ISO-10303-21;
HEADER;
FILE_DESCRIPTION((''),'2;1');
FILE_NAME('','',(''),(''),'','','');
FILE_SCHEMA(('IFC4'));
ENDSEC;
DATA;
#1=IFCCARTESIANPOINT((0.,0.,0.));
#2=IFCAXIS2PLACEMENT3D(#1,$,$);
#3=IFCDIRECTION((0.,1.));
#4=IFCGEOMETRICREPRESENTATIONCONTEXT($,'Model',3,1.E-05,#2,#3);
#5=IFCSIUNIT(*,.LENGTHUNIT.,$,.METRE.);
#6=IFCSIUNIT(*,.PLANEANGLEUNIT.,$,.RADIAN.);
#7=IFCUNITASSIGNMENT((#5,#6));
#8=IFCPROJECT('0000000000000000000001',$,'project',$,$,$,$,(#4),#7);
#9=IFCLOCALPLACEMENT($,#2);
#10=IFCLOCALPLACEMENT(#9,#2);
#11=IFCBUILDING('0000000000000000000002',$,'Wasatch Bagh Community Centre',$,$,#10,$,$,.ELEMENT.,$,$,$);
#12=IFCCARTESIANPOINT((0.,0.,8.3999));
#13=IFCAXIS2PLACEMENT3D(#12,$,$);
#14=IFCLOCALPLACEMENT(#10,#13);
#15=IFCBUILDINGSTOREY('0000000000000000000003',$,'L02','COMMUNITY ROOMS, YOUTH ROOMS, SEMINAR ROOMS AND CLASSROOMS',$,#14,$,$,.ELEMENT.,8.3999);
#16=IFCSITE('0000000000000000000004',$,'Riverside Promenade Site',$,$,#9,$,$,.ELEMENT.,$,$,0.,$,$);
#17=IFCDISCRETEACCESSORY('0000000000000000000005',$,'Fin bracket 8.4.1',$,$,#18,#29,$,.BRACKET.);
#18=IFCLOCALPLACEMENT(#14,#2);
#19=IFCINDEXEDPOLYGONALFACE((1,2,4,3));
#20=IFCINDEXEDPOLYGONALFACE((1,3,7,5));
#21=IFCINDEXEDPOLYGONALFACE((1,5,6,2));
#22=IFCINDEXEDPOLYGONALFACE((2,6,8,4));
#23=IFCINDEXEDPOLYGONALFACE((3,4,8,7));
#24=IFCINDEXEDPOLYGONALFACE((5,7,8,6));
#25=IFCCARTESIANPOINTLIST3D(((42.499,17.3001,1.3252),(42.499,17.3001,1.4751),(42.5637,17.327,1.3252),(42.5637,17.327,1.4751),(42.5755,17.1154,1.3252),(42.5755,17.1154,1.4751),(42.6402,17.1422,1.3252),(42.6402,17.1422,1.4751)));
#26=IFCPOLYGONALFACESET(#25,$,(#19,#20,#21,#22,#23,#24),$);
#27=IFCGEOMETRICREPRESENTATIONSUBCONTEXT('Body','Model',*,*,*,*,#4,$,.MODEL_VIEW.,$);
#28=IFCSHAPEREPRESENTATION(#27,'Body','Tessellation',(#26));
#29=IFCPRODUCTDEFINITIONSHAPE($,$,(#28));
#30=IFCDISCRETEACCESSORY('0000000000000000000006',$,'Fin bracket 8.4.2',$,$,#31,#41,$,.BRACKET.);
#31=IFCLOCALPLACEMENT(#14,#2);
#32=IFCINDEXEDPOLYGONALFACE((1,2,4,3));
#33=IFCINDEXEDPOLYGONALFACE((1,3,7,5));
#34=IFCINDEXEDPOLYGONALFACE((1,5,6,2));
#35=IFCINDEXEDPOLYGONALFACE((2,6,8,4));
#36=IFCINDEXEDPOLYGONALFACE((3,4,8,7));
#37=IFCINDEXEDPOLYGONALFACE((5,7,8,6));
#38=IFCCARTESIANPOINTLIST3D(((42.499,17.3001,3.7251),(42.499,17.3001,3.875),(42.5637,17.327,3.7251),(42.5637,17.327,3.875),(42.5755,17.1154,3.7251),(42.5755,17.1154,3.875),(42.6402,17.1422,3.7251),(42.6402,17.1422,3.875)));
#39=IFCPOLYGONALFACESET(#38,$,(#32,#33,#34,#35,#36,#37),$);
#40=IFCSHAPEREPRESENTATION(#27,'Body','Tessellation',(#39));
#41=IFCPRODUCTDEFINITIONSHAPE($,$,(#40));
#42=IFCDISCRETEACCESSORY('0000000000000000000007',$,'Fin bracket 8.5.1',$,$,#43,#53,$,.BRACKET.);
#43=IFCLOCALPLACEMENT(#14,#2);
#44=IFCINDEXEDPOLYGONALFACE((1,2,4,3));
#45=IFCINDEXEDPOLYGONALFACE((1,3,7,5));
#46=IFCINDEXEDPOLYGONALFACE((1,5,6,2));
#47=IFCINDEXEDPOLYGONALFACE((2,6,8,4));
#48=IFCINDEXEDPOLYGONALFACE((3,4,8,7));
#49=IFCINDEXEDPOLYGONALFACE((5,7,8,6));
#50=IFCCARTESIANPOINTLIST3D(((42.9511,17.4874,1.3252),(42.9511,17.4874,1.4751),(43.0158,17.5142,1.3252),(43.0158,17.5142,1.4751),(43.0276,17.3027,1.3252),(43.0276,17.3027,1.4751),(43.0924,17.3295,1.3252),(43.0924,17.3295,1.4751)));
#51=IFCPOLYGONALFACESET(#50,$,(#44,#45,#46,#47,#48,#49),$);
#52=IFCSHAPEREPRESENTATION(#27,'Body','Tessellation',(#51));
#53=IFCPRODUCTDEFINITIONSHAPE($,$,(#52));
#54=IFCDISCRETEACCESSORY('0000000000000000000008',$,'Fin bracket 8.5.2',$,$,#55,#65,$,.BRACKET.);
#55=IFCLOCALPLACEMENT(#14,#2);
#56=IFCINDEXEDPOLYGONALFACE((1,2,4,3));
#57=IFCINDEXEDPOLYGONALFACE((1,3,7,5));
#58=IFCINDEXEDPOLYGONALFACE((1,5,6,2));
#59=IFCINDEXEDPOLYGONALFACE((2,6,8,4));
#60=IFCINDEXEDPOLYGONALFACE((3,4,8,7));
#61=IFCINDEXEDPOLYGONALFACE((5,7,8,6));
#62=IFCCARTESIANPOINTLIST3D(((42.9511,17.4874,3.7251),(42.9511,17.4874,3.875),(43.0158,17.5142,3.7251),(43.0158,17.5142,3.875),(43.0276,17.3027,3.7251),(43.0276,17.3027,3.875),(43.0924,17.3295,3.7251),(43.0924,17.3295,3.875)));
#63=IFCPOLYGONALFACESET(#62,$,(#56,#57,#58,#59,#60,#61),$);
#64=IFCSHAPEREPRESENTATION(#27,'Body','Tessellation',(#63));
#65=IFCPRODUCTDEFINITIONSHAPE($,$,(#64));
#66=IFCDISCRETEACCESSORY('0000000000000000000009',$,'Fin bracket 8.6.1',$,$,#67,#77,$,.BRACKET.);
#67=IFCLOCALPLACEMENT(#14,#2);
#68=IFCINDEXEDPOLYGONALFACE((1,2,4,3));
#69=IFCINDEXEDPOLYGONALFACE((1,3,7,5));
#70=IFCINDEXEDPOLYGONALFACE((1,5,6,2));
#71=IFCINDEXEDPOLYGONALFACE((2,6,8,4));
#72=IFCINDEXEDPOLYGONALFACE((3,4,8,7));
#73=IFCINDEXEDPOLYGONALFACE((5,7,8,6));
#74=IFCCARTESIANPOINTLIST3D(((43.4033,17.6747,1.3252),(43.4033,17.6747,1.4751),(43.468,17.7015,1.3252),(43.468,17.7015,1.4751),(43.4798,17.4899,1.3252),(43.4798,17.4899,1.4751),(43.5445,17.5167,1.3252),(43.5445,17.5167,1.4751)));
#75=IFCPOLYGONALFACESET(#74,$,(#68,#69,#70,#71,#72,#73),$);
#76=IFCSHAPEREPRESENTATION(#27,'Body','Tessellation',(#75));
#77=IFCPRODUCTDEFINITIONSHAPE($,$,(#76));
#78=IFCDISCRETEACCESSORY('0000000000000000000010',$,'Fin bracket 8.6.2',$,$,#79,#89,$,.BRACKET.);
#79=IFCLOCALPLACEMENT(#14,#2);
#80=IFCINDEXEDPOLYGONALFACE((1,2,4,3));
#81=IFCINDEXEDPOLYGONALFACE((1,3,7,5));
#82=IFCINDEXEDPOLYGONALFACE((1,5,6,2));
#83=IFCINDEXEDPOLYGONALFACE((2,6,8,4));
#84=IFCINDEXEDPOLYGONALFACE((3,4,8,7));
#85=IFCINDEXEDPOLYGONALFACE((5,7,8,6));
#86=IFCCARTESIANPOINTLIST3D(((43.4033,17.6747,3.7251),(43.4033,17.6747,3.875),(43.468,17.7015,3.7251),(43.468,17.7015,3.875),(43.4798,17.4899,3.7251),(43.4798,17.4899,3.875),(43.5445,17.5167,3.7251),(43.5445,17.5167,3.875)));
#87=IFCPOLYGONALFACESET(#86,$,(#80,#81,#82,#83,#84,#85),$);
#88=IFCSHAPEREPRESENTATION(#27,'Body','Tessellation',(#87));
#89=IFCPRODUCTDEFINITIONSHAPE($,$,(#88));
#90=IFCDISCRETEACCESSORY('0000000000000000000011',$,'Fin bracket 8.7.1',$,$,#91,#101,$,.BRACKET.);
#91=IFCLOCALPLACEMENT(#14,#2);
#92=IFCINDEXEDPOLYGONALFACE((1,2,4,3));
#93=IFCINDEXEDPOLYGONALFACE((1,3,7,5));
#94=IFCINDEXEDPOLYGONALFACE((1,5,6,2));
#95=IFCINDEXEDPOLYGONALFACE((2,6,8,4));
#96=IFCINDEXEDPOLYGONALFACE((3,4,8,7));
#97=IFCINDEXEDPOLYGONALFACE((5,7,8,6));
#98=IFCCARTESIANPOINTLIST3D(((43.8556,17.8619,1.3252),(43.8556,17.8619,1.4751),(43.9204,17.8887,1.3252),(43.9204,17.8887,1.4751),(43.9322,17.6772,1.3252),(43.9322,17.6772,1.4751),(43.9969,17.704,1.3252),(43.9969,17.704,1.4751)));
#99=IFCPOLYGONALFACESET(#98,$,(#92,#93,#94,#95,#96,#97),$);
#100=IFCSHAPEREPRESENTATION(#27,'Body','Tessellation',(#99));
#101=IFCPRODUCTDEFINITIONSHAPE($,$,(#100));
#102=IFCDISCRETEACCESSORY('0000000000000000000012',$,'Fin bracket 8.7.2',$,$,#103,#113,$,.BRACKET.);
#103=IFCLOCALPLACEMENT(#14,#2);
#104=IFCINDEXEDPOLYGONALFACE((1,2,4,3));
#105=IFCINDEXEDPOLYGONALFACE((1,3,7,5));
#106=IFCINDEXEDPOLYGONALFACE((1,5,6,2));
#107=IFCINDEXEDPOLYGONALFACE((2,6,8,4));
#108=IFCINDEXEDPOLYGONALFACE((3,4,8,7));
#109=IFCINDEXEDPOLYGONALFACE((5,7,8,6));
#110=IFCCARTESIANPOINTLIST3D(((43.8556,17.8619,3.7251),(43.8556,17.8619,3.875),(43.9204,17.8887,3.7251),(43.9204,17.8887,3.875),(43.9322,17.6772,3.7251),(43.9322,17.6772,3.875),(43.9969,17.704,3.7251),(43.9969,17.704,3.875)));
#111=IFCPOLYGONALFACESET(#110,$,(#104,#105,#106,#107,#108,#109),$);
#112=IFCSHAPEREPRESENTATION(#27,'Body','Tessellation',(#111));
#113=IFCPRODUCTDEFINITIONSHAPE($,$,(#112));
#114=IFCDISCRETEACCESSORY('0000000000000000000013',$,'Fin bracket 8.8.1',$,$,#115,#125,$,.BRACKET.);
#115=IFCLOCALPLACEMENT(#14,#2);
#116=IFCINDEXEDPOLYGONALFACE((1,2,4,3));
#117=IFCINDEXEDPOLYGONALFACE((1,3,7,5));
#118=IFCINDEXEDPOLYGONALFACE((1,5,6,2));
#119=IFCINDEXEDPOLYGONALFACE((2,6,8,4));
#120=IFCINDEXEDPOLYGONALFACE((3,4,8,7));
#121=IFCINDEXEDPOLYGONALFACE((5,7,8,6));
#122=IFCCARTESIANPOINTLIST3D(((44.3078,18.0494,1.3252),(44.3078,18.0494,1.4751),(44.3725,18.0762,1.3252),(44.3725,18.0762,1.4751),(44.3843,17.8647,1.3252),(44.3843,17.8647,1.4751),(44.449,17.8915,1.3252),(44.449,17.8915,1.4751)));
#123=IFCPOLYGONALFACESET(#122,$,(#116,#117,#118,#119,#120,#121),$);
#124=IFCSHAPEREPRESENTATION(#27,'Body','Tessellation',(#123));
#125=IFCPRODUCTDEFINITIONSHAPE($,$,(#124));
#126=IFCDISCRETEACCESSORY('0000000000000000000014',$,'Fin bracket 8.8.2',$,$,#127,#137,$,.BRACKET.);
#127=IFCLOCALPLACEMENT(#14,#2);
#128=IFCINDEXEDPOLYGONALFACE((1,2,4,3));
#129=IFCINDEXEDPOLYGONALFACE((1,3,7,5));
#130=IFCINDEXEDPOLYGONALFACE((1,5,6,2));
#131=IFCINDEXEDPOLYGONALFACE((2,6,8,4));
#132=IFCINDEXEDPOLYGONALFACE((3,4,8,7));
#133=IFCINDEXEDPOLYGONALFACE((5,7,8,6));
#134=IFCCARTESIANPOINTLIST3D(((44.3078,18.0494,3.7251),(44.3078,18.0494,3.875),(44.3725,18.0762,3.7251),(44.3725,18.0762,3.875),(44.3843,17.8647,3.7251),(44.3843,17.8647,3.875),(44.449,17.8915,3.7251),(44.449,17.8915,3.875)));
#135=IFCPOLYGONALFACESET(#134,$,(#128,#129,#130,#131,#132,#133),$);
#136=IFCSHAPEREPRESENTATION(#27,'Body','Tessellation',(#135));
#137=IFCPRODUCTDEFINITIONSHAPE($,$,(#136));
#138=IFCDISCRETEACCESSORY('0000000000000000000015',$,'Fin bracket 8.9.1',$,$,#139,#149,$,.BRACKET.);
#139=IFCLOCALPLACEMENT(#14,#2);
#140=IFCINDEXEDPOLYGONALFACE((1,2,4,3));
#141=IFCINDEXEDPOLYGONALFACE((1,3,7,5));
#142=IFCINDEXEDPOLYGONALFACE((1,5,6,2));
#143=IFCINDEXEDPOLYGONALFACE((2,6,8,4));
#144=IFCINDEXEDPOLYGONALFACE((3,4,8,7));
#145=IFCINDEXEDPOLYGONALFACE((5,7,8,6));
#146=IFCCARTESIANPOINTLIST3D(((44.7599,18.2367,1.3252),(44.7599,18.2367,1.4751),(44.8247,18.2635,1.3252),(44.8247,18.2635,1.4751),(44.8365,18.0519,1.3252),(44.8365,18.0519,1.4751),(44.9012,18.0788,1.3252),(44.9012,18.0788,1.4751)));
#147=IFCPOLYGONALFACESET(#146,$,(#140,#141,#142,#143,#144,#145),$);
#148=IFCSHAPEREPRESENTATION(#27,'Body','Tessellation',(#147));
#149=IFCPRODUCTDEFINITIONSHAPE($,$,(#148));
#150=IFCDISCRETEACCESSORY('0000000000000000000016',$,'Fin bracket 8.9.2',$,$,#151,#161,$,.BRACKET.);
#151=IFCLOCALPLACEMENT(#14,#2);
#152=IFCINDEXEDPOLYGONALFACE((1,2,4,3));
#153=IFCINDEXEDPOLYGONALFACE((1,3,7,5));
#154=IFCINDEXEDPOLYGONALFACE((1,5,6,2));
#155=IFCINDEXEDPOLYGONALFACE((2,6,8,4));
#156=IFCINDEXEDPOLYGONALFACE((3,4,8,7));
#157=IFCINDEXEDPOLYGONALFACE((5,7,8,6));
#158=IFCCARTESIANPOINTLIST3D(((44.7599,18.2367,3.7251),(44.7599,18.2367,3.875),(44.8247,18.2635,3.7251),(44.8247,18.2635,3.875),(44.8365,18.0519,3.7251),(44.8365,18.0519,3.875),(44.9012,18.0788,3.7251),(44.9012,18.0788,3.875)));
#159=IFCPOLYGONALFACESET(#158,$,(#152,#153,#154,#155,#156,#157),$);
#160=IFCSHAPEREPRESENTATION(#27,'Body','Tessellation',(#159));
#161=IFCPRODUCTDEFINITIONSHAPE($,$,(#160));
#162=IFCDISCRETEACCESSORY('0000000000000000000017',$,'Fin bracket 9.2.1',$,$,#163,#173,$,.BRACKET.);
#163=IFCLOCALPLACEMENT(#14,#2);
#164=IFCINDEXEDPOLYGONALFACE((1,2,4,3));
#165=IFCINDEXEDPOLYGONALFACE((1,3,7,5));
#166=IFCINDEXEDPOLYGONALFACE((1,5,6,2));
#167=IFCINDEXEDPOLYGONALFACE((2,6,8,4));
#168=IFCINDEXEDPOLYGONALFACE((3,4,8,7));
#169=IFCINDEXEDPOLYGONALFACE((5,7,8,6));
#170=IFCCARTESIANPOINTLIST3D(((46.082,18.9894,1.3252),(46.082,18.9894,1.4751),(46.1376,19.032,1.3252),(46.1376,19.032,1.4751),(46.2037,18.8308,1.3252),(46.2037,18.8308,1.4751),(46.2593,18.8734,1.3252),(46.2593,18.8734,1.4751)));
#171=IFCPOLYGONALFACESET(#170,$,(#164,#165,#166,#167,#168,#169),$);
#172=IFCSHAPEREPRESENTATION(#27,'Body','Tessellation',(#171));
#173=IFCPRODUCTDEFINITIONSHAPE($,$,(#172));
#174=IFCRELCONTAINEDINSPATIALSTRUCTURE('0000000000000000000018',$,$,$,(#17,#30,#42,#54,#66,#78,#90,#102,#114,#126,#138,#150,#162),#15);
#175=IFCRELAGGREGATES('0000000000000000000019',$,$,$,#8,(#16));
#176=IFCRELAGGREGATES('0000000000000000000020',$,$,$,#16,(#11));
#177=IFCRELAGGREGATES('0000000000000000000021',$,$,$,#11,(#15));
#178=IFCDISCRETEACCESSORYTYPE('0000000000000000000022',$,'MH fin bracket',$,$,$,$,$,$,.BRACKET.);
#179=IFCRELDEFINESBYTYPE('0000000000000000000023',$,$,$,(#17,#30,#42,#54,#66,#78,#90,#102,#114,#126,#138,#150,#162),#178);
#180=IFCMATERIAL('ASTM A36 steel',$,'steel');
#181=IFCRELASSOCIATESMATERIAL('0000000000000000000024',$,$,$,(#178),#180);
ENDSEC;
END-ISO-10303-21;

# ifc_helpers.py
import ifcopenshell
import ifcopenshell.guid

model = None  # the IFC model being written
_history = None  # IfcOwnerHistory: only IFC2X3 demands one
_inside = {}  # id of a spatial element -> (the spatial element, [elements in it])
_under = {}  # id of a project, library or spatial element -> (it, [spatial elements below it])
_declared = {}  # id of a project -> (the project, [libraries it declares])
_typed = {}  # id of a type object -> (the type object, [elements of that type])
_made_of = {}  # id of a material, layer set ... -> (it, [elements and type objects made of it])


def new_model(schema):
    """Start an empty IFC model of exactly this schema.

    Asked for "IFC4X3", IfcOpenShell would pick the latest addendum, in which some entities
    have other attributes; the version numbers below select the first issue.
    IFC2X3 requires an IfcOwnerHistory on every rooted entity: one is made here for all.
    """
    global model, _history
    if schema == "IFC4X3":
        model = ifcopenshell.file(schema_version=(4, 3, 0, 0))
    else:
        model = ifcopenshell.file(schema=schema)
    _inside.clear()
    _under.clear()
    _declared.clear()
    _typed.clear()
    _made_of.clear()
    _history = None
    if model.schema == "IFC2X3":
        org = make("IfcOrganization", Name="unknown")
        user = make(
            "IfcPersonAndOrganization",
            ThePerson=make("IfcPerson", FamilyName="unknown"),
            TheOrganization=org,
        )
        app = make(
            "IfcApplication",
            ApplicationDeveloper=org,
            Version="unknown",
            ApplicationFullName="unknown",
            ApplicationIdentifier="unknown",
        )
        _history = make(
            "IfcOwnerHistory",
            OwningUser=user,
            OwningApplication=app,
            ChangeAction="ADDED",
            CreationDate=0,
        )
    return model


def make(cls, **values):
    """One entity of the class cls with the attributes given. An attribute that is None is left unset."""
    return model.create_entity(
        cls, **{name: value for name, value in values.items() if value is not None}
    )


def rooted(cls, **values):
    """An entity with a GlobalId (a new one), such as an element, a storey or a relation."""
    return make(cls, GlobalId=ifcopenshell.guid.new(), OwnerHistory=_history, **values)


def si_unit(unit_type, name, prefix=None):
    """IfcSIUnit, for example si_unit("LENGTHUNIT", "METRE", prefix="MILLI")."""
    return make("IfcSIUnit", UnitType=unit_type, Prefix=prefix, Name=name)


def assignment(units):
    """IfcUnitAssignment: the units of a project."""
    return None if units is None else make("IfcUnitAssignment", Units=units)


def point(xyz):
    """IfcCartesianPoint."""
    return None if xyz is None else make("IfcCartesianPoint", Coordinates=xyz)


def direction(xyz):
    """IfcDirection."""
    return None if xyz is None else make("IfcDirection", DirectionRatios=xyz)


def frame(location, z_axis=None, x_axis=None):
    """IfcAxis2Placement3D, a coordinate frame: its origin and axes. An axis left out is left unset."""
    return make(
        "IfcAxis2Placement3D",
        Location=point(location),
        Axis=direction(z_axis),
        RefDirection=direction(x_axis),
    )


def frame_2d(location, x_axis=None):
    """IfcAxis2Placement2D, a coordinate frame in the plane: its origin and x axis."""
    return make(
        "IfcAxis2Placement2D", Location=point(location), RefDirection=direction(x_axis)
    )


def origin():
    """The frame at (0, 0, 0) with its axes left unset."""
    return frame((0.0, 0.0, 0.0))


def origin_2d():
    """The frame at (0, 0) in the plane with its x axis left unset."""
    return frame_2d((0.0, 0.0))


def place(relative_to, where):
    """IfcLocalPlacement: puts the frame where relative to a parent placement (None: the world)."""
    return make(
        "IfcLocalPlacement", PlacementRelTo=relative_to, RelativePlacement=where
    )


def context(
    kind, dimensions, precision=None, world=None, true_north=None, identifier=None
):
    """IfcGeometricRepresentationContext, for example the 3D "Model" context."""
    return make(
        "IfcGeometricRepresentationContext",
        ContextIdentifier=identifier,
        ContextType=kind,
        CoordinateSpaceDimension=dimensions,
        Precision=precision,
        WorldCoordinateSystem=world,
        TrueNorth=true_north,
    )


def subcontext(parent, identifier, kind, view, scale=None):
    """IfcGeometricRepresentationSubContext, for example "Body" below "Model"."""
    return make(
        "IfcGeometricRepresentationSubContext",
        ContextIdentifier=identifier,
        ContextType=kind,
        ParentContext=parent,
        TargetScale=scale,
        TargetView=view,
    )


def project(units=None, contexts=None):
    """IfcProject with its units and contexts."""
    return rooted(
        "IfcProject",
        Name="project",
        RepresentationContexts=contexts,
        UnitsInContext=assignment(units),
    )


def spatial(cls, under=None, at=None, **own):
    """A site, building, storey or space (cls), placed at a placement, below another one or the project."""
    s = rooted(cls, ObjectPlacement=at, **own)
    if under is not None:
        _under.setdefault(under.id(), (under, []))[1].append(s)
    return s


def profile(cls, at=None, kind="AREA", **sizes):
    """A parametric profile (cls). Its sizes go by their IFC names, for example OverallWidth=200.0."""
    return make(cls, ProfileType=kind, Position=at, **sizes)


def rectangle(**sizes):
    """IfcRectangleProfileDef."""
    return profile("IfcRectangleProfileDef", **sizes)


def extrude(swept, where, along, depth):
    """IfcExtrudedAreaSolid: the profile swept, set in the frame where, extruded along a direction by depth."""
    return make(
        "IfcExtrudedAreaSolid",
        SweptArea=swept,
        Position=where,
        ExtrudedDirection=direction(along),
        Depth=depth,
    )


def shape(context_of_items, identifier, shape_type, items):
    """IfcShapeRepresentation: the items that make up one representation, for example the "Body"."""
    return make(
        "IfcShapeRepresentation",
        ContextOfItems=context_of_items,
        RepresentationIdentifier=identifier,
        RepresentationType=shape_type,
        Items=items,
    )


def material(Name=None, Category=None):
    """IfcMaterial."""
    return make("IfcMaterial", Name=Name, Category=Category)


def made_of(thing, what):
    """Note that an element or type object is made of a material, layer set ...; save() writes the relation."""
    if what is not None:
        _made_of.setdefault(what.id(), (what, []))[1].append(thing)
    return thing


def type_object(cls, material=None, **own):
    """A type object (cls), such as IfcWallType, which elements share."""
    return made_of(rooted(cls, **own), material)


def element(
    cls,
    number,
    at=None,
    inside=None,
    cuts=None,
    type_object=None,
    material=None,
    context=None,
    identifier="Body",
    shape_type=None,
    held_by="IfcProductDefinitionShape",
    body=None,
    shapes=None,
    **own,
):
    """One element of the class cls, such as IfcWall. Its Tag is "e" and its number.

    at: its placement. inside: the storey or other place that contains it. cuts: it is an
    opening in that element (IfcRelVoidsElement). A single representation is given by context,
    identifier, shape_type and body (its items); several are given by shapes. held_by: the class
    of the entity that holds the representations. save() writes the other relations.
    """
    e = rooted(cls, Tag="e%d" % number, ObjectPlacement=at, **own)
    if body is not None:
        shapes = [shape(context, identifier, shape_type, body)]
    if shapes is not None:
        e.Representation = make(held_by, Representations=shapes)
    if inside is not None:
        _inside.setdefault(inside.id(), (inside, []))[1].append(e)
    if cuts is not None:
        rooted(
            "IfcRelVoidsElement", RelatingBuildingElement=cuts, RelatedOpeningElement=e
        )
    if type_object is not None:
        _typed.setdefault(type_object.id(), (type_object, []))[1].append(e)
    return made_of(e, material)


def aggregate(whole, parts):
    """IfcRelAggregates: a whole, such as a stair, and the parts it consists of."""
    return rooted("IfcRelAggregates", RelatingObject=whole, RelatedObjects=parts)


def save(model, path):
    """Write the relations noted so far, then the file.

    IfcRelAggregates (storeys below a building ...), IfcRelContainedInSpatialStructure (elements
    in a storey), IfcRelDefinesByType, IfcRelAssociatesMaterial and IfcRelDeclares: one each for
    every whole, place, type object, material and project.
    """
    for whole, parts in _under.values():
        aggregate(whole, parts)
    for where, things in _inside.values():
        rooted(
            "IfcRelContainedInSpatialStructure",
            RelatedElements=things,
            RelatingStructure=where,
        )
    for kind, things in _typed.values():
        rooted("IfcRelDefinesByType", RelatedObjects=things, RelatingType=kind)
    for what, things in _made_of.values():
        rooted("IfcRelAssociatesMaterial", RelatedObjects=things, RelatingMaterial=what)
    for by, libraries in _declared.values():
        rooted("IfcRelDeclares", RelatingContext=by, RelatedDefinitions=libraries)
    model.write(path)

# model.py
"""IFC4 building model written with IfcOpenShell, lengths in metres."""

from ifc_helpers import new_model, si_unit, direction, frame, origin, origin_2d, place, context, subcontext, project, spatial, rectangle, extrude, material, type_object, element, save


model = new_model("IFC4")

# Units and contexts
model_context = context("Model", 3, precision=1e-05, world=origin(), true_north=direction((0.0, 1.0)))
body_context = subcontext(model_context, "Body", "Model", "MODEL_VIEW")
ifc_project = project(units=[si_unit("LENGTHUNIT", "METRE"), si_unit("PLANEANGLEUNIT", "RADIAN")], contexts=[model_context])

# Site, building, storey
site_placement = place(None, origin())
site = spatial("IfcSite", under=ifc_project, at=site_placement, Name="Riverside Promenade Site", CompositionType="ELEMENT", RefElevation=0.0)
building_placement = place(site_placement, origin())
building = spatial("IfcBuilding", under=site, at=building_placement, Name="Wasatch Bagh Community Centre", CompositionType="ELEMENT")
storey_placement = place(building_placement, frame((0.0, 0.0, 8.3999)))
storey = spatial("IfcBuildingStorey", under=building, at=storey_placement, Name="L02", Description="COMMUNITY ROOMS, YOUTH ROOMS, SEMINAR ROOMS AND CLASSROOMS", CompositionType="ELEMENT", Elevation=8.3999)

# Discrete accessories
ifc_material_1 = material(Name="ASTM A36 steel", Category="steel")
discrete_accessory_type = type_object("IfcDiscreteAccessoryType", Name="MH fin bracket", PredefinedType="BRACKET", material=ifc_material_1)
for number, where, z_axis, x_axis, name in (
    (1, (42.5696, 17.2212, 1.3252), (0.0, 0.0, 1.0), (0.92388, 0.382683, 0.0), "Fin bracket 8.4.1"),
    (2, (42.5696, 17.2212, 3.7251), (0.0, 0.0, 1.0), (0.92388, 0.382683, 0.0), "Fin bracket 8.4.2"),
    (3, (43.0217, 17.4084, 1.3252), (0.0, 0.0, 1.0), (0.92388, 0.382683, 0.0), "Fin bracket 8.5.1"),
    (4, (43.0217, 17.4084, 3.7251), (0.0, 0.0, 1.0), (0.92388, 0.382683, 0.0), "Fin bracket 8.5.2"),
    (5, (43.4739, 17.5957, 1.3252), (0.0, 0.0, 1.0), (0.92388, 0.382683, 0.0), "Fin bracket 8.6.1"),
    (6, (43.4739, 17.5957, 3.7251), (0.0, 0.0, 1.0), (0.92388, 0.382683, 0.0), "Fin bracket 8.6.2"),
    (7, (43.9263, 17.783, 1.3252), (0.0, 0.0, 1.0), (0.92388, 0.382683, 0.0), "Fin bracket 8.7.1"),
    (8, (43.9263, 17.783, 3.7251), (0.0, 0.0, 1.0), (0.92388, 0.382683, 0.0), "Fin bracket 8.7.2"),
    (9, (44.3784, 17.9705, 1.3252), (0.0, 0.0, 1.0), (0.92388, 0.382683, 0.0), "Fin bracket 8.8.1"),
    (10, (44.3784, 17.9705, 3.7251), (0.0, 0.0, 1.0), (0.92388, 0.382683, 0.0), "Fin bracket 8.8.2"),
    (11, (44.8306, 18.1577, 1.3252), (0.0, 0.0, 1.0), (0.92388, 0.382683, 0.0), "Fin bracket 8.9.1"),
    (12, (44.8306, 18.1577, 3.7251), (0.0, 0.0, 1.0), (0.92388, 0.382683, 0.0), "Fin bracket 8.9.2"),
    (13, (46.1707, 18.9314, 1.3252), (0.0, 0.0, 1.0), (0.793353, 0.608761, 0.0), "Fin bracket 9.2.1"),
):
    element("IfcDiscreteAccessory", number, at=place(storey_placement, frame(where, z_axis=z_axis, x_axis=x_axis)), inside=storey, type_object=discrete_accessory_type, Name=name, PredefinedType="BRACKET", context=body_context, shape_type="SweptSolid", body=[
        extrude(rectangle(XDim=0.0701, YDim=0.2, at=origin_2d()), origin(), (0.0, 0.0, 1.0), 0.1499),
    ])

save(model, "model.ifc")
